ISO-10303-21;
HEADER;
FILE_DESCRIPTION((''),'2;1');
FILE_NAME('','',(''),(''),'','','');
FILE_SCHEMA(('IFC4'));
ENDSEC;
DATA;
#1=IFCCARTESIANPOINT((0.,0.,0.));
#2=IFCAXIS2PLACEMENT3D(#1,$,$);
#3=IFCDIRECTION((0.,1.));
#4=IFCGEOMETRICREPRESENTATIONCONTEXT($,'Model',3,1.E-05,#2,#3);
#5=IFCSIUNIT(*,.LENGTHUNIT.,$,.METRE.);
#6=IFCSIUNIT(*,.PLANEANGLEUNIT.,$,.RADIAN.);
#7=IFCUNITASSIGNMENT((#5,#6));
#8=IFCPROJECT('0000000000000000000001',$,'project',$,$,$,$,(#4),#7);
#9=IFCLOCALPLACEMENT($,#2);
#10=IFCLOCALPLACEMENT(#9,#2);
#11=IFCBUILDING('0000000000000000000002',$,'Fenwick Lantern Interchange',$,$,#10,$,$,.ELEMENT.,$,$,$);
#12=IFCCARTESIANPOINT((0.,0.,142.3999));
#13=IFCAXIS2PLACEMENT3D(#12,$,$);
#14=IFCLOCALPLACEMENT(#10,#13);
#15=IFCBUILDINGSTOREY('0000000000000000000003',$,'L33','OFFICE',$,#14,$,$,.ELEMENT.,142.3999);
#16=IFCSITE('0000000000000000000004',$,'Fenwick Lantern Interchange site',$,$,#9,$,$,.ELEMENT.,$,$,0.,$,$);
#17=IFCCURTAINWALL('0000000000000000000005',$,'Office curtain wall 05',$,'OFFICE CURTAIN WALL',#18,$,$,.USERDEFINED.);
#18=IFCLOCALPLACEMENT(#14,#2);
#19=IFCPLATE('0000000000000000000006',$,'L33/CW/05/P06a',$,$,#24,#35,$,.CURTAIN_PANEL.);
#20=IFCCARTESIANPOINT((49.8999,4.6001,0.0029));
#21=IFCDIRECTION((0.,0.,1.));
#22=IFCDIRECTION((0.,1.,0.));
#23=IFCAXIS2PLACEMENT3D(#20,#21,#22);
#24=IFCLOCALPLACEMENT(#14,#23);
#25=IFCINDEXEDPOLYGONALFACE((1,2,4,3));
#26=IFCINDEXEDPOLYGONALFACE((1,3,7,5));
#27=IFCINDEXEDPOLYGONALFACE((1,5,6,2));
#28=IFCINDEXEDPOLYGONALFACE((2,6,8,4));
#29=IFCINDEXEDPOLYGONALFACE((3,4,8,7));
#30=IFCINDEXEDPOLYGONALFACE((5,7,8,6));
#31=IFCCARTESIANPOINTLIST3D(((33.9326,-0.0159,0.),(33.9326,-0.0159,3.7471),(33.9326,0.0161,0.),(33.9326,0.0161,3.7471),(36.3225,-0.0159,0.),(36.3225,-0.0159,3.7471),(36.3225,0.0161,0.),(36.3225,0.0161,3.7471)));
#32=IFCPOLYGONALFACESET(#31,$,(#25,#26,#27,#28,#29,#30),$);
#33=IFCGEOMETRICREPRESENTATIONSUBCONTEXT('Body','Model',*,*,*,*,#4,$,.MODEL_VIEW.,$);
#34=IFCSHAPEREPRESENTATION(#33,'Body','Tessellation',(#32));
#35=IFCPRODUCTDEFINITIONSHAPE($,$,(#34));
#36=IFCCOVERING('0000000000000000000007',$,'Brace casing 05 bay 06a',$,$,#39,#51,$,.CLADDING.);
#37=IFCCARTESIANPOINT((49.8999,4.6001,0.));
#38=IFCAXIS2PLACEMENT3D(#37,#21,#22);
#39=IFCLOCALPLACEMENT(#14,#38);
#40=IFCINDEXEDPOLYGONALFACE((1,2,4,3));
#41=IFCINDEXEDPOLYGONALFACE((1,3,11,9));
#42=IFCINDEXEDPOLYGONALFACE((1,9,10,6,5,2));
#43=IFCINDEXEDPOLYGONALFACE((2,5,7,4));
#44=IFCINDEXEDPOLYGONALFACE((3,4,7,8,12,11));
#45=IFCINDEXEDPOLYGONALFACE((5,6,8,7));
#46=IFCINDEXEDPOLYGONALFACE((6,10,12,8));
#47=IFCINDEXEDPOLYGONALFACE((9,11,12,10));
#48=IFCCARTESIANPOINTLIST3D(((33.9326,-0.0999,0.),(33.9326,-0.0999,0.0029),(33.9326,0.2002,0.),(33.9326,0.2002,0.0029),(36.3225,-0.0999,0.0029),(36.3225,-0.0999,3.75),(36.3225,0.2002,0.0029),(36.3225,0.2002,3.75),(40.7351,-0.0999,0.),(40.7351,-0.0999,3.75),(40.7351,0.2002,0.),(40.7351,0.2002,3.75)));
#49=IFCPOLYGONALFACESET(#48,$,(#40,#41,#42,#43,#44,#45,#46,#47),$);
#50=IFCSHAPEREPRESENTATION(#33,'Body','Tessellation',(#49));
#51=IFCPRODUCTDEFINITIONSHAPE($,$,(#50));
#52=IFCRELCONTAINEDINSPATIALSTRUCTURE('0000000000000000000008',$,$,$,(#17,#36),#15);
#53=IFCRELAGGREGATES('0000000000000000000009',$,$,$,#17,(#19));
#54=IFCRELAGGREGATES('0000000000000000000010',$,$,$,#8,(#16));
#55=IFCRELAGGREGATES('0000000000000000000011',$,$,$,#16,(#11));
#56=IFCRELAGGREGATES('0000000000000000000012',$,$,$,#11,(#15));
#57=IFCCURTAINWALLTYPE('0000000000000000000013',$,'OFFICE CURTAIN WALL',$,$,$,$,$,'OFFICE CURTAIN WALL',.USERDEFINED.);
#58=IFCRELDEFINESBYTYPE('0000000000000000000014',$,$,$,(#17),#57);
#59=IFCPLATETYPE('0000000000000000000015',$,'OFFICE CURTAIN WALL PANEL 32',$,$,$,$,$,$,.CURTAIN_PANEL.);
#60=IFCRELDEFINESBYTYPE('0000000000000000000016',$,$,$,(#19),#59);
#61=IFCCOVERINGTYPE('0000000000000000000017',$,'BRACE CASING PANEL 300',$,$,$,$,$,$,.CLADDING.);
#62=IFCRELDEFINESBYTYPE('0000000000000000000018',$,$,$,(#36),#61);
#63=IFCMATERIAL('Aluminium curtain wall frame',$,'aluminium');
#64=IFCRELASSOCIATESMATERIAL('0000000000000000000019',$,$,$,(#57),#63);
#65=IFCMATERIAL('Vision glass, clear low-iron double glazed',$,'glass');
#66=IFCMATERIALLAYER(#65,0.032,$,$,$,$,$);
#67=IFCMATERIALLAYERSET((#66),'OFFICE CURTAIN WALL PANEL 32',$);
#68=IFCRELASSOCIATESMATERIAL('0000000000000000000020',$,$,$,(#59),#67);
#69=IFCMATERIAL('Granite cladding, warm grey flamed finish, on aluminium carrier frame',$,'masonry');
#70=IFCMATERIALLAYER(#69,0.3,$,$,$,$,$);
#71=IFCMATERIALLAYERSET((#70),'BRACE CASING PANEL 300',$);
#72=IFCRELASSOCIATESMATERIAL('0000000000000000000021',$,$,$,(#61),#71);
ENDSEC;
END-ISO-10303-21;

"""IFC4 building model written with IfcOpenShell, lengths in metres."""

from ifc_helpers import new_model, si_unit, direction, frame, origin, place, context, subcontext, project, spatial, polyline, outline, extrude, material, layer, layer_set, type_object, element, aggregate, save


model = new_model("IFC4")

# Units and contexts
model_context = context("Model", 3, precision=1e-05, world=origin(), true_north=direction((0.0, 1.0)))
body_context = subcontext(model_context, "Body", "Model", "MODEL_VIEW")
ifc_project = project(units=[si_unit("LENGTHUNIT", "METRE"), si_unit("PLANEANGLEUNIT", "RADIAN")], contexts=[model_context])

# Site, building, storey
site_placement = place(None, origin())
site = spatial("IfcSite", under=ifc_project, at=site_placement, Name="Fenwick Lantern Interchange site", CompositionType="ELEMENT", RefElevation=0.0)
building_placement = place(site_placement, origin())
building = spatial("IfcBuilding", under=site, at=building_placement, Name="Fenwick Lantern Interchange", CompositionType="ELEMENT")
storey_placement = place(building_placement, frame((0.0, 0.0, 142.3999)))
storey = spatial("IfcBuildingStorey", under=building, at=storey_placement, Name="L33", Description="OFFICE", CompositionType="ELEMENT", Elevation=142.3999)

# Curtain wall, plate
ifc_material_1 = material(Name="Aluminium curtain wall frame", Category="aluminium")
curtain_wall_type = type_object("IfcCurtainWallType", Name="OFFICE CURTAIN WALL", ElementType="OFFICE CURTAIN WALL", PredefinedType="USERDEFINED", material=ifc_material_1)
curtain_wall_placement = place(storey_placement, origin())
curtain_wall = element("IfcCurtainWall", 1, at=curtain_wall_placement, inside=storey, type_object=curtain_wall_type, Name="Office curtain wall 05", ObjectType="OFFICE CURTAIN WALL", PredefinedType="USERDEFINED")
ifc_material_2 = material(Name="Vision glass, clear low-iron double glazed", Category="glass")
ifc_layer_1 = layer(ifc_material_2, 0.032)
ifc_layer_set_1 = layer_set([ifc_layer_1], Name="OFFICE CURTAIN WALL PANEL 32")
plate_type = type_object("IfcPlateType", Name="OFFICE CURTAIN WALL PANEL 32", PredefinedType="CURTAIN_PANEL", material=ifc_layer_set_1)
plate_placement = place(storey_placement, frame((49.8999, 4.6001, 0.0029), z_axis=(0.0, 0.0, 1.0), x_axis=(0.0, 1.0, 0.0)))
plate = element("IfcPlate", 2, at=plate_placement, type_object=plate_type, Name="L33/CW/05/P06a", PredefinedType="CURTAIN_PANEL", context=body_context, shape_type="SweptSolid", body=[
    extrude(outline(polyline([(33.9326, 0.0), (36.3225, 0.0), (36.3225, 3.7471), (33.9326, 3.7471), (33.9326, 0.0)])), frame((0.0, 0.0161, 0.0), z_axis=(0.0, -1.0, 0.0), x_axis=(1.0, 0.0, 0.0)), (0.0, 0.0, 1.0), 0.032),
])
aggregate(curtain_wall, [plate])

# Covering
ifc_material_3 = material(Name="Granite cladding, warm grey flamed finish, on aluminium carrier frame", Category="masonry")
ifc_layer_2 = layer(ifc_material_3, 0.3)
ifc_layer_set_2 = layer_set([ifc_layer_2], Name="BRACE CASING PANEL 300")
covering_type = type_object("IfcCoveringType", Name="BRACE CASING PANEL 300", PredefinedType="CLADDING", material=ifc_layer_set_2)
covering_placement = place(storey_placement, frame((49.8999, 4.6001, 0.0), z_axis=(0.0, 0.0, 1.0), x_axis=(0.0, 1.0, 0.0)))
element("IfcCovering", 3, at=covering_placement, inside=storey, type_object=covering_type, Name="Brace casing 05 bay 06a", PredefinedType="CLADDING", context=body_context, shape_type="SweptSolid", body=[
    extrude(outline(polyline([(33.9326, 0.0), (40.7351, 0.0), (40.7351, 3.75), (36.3225, 3.75), (36.3225, 0.0029), (33.9326, 0.0029), (33.9326, 0.0)])), frame((0.0, 0.2002, 0.0), z_axis=(0.0, -1.0, 0.0), x_axis=(1.0, 0.0, 0.0)), (0.0, 0.0, 1.0), 0.3),
])

save(model, "model.ifc")
